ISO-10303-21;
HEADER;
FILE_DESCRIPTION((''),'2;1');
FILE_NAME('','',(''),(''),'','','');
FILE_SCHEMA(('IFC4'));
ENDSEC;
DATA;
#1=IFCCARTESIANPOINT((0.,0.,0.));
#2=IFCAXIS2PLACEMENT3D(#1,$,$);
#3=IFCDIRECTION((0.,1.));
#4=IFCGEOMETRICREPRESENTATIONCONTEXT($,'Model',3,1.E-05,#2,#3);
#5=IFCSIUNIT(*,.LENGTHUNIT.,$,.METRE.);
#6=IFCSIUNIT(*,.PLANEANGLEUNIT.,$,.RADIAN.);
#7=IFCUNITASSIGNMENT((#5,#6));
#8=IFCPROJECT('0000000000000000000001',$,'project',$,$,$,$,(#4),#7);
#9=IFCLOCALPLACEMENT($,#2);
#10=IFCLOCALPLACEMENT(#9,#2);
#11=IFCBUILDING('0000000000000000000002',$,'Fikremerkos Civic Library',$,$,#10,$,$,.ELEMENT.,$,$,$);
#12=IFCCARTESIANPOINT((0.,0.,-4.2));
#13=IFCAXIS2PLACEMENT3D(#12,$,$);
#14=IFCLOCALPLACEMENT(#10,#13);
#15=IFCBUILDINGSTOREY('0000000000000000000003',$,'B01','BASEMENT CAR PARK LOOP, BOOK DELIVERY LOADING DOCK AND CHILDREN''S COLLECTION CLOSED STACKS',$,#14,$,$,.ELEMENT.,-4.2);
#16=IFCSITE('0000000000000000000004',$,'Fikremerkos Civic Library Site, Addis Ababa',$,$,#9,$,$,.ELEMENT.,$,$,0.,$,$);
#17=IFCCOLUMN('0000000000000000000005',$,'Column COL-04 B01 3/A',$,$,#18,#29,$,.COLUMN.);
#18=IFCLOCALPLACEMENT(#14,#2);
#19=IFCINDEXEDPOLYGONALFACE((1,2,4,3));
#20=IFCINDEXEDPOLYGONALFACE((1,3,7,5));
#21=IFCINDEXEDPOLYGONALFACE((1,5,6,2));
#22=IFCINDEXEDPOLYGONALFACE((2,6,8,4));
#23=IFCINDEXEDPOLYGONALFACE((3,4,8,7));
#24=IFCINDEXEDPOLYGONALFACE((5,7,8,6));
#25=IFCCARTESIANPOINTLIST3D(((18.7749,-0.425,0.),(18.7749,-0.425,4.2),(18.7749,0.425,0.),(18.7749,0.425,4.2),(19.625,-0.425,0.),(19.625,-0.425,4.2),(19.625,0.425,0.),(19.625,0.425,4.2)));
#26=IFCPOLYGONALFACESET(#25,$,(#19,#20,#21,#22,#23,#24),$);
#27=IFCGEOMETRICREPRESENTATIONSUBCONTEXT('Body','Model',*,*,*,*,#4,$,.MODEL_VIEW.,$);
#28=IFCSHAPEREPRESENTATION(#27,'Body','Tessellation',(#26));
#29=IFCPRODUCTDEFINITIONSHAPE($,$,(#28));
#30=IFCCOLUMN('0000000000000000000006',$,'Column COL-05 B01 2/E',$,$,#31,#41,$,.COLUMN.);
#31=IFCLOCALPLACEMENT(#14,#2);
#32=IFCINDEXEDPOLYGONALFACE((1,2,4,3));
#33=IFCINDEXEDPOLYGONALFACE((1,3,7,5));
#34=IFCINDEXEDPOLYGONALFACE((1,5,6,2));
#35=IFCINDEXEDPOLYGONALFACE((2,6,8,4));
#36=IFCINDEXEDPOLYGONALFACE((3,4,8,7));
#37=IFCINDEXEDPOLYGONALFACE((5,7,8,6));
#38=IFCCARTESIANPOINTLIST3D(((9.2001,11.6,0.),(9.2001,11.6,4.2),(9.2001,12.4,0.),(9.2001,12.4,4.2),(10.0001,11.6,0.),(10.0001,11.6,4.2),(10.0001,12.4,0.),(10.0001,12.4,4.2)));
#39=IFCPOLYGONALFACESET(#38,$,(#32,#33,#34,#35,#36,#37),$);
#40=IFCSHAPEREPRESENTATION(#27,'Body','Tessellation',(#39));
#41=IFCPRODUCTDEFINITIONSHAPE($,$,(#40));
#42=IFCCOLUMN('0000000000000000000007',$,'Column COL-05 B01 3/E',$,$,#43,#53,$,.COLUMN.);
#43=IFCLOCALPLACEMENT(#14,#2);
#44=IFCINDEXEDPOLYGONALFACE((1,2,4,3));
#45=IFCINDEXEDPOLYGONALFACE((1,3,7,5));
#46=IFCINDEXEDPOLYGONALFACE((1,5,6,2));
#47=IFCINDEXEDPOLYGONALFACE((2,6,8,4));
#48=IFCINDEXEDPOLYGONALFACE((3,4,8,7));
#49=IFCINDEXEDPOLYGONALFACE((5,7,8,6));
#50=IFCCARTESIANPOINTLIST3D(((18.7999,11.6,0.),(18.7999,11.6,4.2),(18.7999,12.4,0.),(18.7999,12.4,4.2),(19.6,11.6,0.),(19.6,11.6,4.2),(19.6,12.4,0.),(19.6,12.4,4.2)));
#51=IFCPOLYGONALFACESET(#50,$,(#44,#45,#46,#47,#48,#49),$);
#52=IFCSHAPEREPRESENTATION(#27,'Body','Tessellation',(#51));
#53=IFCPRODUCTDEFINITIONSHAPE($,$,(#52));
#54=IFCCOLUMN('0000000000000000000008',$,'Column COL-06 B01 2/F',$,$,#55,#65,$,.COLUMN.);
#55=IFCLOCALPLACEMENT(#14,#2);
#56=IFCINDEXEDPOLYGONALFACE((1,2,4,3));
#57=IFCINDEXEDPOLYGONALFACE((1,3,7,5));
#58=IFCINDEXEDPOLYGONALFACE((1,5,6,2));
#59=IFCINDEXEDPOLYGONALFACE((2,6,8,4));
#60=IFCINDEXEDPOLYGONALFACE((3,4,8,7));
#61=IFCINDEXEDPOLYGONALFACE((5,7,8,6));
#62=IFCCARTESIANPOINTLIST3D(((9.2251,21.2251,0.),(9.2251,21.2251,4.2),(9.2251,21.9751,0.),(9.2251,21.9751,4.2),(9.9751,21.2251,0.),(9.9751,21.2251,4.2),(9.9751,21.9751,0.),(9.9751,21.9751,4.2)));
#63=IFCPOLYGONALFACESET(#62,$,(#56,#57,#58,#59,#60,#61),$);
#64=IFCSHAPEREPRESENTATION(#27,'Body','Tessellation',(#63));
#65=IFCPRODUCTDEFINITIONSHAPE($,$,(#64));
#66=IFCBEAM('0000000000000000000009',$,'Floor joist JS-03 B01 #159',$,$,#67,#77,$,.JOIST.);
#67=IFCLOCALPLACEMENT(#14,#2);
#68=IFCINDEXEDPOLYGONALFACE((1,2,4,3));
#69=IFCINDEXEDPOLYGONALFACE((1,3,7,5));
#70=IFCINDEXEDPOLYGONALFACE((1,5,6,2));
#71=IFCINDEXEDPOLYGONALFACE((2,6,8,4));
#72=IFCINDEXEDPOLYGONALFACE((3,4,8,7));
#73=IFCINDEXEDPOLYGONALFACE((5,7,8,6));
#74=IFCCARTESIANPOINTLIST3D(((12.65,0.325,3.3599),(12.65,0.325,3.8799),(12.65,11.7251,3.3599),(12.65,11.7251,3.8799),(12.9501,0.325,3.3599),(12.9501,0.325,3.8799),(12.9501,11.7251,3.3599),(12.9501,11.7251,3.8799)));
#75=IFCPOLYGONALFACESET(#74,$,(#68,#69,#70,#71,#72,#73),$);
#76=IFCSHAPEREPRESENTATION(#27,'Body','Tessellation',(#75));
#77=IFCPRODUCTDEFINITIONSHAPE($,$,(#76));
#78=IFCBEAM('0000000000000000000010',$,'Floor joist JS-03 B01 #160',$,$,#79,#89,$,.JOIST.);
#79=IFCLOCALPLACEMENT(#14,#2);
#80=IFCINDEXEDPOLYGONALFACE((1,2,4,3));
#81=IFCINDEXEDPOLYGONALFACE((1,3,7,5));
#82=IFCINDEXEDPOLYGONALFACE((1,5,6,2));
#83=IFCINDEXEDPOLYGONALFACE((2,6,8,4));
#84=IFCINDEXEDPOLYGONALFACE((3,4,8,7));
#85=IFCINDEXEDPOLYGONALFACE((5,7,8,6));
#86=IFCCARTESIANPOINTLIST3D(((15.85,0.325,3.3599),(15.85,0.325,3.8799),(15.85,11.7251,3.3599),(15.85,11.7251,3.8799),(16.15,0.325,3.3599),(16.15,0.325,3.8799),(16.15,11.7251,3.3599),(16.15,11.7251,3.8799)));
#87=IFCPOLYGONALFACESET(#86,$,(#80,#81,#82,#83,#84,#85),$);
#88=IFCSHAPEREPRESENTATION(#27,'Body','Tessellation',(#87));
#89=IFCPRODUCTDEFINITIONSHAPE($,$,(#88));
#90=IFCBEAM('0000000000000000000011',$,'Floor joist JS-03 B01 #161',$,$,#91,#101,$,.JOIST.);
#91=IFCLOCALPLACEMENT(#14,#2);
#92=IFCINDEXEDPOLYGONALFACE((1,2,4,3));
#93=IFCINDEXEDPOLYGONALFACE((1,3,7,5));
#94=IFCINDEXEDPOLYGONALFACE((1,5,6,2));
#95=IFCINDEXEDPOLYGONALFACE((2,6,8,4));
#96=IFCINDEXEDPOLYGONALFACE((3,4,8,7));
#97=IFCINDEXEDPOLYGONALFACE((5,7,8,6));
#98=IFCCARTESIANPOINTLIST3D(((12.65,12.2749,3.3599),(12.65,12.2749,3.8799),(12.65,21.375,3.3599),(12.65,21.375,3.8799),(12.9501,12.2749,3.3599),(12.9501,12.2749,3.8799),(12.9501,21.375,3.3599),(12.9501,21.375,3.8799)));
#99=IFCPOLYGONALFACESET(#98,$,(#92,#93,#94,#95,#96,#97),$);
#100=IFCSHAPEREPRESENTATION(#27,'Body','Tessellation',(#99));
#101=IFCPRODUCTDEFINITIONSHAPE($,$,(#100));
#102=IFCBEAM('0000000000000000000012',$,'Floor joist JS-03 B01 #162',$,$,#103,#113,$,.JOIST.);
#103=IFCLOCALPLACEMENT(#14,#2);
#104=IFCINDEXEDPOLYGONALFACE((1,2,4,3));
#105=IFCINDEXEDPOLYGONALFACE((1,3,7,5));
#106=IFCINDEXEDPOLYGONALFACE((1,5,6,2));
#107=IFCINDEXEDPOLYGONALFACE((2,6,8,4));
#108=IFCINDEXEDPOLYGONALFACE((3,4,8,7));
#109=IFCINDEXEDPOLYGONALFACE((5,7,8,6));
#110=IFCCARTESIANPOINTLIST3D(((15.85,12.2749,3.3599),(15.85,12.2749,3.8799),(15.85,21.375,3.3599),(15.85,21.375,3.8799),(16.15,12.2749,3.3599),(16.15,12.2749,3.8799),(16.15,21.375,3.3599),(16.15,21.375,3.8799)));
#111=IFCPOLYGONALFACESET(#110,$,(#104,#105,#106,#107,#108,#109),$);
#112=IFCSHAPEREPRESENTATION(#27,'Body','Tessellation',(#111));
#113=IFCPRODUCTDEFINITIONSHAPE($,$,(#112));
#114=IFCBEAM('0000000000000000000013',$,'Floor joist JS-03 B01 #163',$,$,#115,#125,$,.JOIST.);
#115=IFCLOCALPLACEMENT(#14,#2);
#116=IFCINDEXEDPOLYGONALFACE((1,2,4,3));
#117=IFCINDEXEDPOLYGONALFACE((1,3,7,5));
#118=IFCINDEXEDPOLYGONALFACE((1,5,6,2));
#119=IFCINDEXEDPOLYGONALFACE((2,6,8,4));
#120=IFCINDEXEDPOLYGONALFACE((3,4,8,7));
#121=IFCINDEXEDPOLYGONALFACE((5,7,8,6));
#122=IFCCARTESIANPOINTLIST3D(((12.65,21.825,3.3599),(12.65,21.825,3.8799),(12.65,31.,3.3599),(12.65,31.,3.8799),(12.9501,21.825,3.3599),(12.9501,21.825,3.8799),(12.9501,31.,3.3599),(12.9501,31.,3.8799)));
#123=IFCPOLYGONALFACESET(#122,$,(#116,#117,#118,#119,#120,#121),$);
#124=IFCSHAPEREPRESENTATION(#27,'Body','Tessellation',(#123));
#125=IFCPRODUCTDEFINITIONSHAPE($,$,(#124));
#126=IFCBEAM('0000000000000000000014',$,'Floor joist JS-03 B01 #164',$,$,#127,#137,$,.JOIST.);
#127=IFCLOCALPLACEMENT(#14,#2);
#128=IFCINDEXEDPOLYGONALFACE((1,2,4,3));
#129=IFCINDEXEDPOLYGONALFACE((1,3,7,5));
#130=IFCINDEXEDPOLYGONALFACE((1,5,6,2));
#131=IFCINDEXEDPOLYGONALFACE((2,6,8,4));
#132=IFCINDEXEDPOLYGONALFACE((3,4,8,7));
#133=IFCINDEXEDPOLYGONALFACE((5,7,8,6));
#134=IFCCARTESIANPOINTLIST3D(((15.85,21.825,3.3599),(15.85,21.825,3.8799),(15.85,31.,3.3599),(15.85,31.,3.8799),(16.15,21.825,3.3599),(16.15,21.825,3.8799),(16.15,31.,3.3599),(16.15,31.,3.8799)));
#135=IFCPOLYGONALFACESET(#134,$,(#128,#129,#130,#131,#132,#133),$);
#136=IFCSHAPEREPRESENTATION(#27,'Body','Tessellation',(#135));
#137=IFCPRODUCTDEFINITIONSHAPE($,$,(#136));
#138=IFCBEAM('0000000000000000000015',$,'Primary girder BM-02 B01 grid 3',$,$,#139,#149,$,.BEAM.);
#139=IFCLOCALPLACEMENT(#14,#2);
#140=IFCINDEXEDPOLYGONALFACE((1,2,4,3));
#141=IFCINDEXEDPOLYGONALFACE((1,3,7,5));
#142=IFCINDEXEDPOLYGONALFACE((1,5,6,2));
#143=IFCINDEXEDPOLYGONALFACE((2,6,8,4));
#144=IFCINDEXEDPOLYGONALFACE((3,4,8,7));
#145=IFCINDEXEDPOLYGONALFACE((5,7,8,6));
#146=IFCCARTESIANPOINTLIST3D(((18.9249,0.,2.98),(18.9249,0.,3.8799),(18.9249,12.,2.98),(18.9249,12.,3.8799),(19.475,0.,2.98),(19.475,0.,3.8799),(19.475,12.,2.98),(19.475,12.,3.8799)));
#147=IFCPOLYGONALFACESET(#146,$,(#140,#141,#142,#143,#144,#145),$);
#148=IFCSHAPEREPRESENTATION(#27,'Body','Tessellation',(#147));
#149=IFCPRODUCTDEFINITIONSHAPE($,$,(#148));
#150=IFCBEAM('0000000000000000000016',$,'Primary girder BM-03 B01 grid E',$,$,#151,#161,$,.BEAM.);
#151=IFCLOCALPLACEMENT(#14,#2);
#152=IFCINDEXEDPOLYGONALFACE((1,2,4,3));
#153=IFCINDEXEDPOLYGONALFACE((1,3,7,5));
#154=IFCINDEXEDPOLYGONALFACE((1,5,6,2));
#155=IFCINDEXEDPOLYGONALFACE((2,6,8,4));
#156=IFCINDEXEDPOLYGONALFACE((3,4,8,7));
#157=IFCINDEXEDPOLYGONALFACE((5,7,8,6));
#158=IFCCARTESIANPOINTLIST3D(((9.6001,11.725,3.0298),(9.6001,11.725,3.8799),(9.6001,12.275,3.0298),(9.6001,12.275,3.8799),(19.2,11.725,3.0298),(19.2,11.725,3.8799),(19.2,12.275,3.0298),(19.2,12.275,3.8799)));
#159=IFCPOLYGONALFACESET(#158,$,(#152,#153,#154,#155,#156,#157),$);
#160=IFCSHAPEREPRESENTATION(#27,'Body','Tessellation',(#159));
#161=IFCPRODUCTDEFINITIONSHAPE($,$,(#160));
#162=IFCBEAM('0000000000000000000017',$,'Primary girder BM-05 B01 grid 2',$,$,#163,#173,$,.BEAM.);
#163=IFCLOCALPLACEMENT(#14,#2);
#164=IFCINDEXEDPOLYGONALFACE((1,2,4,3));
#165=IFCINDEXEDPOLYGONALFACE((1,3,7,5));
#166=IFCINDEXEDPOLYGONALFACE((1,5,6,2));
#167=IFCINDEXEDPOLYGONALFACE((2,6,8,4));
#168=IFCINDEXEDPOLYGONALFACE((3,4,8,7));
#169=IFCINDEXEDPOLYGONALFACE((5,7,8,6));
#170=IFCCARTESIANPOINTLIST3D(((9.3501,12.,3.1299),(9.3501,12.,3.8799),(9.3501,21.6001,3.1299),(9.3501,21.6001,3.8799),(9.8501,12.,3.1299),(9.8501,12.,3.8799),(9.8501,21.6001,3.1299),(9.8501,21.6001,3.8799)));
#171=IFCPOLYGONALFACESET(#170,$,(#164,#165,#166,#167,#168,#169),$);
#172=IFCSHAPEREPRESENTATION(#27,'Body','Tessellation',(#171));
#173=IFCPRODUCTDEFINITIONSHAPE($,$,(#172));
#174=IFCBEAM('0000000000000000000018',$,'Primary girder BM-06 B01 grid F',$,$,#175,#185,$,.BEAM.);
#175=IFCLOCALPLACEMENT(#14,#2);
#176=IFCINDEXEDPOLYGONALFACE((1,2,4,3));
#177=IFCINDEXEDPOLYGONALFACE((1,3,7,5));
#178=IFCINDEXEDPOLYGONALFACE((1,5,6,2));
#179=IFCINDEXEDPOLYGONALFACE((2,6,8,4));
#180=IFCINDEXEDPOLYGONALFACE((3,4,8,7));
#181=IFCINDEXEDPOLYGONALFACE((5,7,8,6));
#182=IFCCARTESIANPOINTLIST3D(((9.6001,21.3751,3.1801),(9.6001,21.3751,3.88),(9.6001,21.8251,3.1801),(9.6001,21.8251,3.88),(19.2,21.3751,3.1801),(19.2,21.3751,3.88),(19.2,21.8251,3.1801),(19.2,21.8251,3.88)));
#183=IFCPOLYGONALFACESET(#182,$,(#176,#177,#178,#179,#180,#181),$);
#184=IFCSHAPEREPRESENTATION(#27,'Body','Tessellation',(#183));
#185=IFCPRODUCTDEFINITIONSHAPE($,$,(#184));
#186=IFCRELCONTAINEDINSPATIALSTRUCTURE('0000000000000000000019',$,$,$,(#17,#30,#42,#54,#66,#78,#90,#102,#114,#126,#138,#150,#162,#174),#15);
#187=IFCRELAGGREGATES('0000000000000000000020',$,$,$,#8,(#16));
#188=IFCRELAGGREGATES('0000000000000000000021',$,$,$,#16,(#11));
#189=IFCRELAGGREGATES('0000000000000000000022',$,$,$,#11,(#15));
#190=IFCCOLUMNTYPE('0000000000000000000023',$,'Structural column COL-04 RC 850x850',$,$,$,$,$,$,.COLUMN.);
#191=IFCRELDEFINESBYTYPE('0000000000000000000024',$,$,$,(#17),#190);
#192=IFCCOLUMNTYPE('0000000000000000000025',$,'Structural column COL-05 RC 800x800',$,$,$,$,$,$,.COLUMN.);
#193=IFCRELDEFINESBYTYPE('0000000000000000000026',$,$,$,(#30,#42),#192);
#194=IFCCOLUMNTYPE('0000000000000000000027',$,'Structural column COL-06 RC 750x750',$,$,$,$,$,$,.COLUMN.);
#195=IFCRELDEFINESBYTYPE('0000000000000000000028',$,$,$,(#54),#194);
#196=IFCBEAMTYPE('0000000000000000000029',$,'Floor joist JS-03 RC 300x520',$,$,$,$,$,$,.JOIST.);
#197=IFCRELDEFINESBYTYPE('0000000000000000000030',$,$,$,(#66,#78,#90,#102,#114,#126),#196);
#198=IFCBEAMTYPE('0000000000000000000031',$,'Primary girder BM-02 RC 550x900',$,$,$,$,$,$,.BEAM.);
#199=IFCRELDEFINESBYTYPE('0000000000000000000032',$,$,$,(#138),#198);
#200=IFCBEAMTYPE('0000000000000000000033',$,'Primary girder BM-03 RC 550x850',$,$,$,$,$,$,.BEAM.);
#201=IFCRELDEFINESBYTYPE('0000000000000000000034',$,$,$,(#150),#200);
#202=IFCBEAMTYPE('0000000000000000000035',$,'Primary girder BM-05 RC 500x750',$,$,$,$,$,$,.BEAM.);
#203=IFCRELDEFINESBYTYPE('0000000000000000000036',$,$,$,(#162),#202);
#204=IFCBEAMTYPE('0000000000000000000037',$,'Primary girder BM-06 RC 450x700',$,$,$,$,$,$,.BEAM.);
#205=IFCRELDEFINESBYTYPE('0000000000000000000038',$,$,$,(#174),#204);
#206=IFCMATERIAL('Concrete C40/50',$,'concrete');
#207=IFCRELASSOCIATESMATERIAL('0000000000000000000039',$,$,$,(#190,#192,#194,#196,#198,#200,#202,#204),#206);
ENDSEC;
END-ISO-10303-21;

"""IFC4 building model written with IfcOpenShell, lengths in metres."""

from ifc_helpers import new_model, si_unit, direction, frame, origin, origin_2d, place, context, subcontext, project, spatial, rectangle, extrude, material, material_profile, profile_set, type_object, element, save


model = new_model("IFC4")

# Units and contexts
model_context = context("Model", 3, precision=1e-05, world=origin(), true_north=direction((0.0, 1.0)))
body_context = subcontext(model_context, "Body", "Model", "MODEL_VIEW")
ifc_project = project(units=[si_unit("LENGTHUNIT", "METRE"), si_unit("PLANEANGLEUNIT", "RADIAN")], contexts=[model_context])

# Site, building, storey
site_placement = place(None, origin())
site = spatial("IfcSite", under=ifc_project, at=site_placement, Name="Fikremerkos Civic Library Site, Addis Ababa", CompositionType="ELEMENT", RefElevation=0.0)
building_placement = place(site_placement, origin())
building = spatial("IfcBuilding", under=site, at=building_placement, Name="Fikremerkos Civic Library", CompositionType="ELEMENT")
storey_placement = place(building_placement, frame((0.0, 0.0, -4.2)))
storey = spatial("IfcBuildingStorey", under=building, at=storey_placement, Name="B01", Description="BASEMENT CAR PARK LOOP, BOOK DELIVERY LOADING DOCK AND CHILDREN'S COLLECTION CLOSED STACKS", CompositionType="ELEMENT", Elevation=-4.2)

# Columns
ifc_material_1 = material(Name="Concrete C40/50", Category="concrete")
ifc_material_profile_1 = material_profile(ifc_material_1, rectangle(XDim=0.8501, YDim=0.8501, at=origin_2d()), Name="RC 850x850")
ifc_profile_set_1 = profile_set([ifc_material_profile_1], Name="Concrete C40/50")
column_type_1 = type_object("IfcColumnType", Name="Structural column COL-04 RC 850x850", PredefinedType="COLUMN", material=ifc_profile_set_1)
column_1_placement = place(storey_placement, frame((19.2, 0.0, 0.0), z_axis=(0.0, 0.0, 1.0), x_axis=(1.0, 0.0, 0.0)))
element("IfcColumn", 1, at=column_1_placement, inside=storey, type_object=column_type_1, Name="Column COL-04 B01 3/A", PredefinedType="COLUMN", context=body_context, shape_type="SweptSolid", body=[
    extrude(rectangle(XDim=0.8501, YDim=0.8501, at=origin_2d()), origin(), (0.0, 0.0, 1.0), 4.2),
])
ifc_material_profile_2 = material_profile(ifc_material_1, rectangle(XDim=0.8, YDim=0.8, at=origin_2d()), Name="RC 800x800")
ifc_profile_set_2 = profile_set([ifc_material_profile_2], Name="Concrete C40/50")
column_type_2 = type_object("IfcColumnType", Name="Structural column COL-05 RC 800x800", PredefinedType="COLUMN", material=ifc_profile_set_2)
for number, where, z_axis, x_axis, name in (
    (2, (9.6001, 12.0, 0.0), (0.0, 0.0, 1.0), (1.0, 0.0, 0.0), "Column COL-05 B01 2/E"),
    (3, (19.2, 12.0, 0.0), (0.0, 0.0, 1.0), (1.0, 0.0, 0.0), "Column COL-05 B01 3/E"),
):
    element("IfcColumn", number, at=place(storey_placement, frame(where, z_axis=z_axis, x_axis=x_axis)), inside=storey, type_object=column_type_2, Name=name, PredefinedType="COLUMN", context=body_context, shape_type="SweptSolid", body=[
        extrude(rectangle(XDim=0.8, YDim=0.8, at=origin_2d()), origin(), (0.0, 0.0, 1.0), 4.2),
    ])
ifc_material_profile_3 = material_profile(ifc_material_1, rectangle(XDim=0.75, YDim=0.75, at=origin_2d()), Name="RC 750x750")
ifc_profile_set_3 = profile_set([ifc_material_profile_3], Name="Concrete C40/50")
column_type_3 = type_object("IfcColumnType", Name="Structural column COL-06 RC 750x750", PredefinedType="COLUMN", material=ifc_profile_set_3)
column_2_placement = place(storey_placement, frame((9.6001, 21.6001, 0.0), z_axis=(0.0, 0.0, 1.0), x_axis=(1.0, 0.0, 0.0)))
element("IfcColumn", 4, at=column_2_placement, inside=storey, type_object=column_type_3, Name="Column COL-06 B01 2/F", PredefinedType="COLUMN", context=body_context, shape_type="SweptSolid", body=[
    extrude(rectangle(XDim=0.75, YDim=0.75, at=origin_2d()), origin(), (0.0, 0.0, 1.0), 4.2),
])

# Beams
ifc_material_profile_4 = material_profile(ifc_material_1, rectangle(XDim=0.3, YDim=0.52, at=origin_2d()), Name="RC 300x520")
ifc_profile_set_4 = profile_set([ifc_material_profile_4], Name="Concrete C40/50")
beam_type_1 = type_object("IfcBeamType", Name="Floor joist JS-03 RC 300x520", PredefinedType="JOIST", material=ifc_profile_set_4)
for number, where, z_axis, x_axis, name in (
    (5, (12.8, 0.325, 3.6199), (0.0, 1.0, 0.0), (-1.0, 0.0, 0.0), "Floor joist JS-03 B01 #159"),
    (6, (16.0, 0.325, 3.6199), (0.0, 1.0, 0.0), (-1.0, 0.0, 0.0), "Floor joist JS-03 B01 #160"),
):
    element("IfcBeam", number, at=place(storey_placement, frame(where, z_axis=z_axis, x_axis=x_axis)), inside=storey, type_object=beam_type_1, Name=name, PredefinedType="JOIST", context=body_context, shape_type="SweptSolid", body=[
        extrude(rectangle(XDim=0.3, YDim=0.52, at=origin_2d()), origin(), (0.0, 0.0, 1.0), 11.4001),
    ])
for number, where, z_axis, x_axis, name in (
    (7, (12.8, 12.2749, 3.6199), (0.0, 1.0, 0.0), (-1.0, 0.0, 0.0), "Floor joist JS-03 B01 #161"),
    (8, (16.0, 12.2749, 3.6199), (0.0, 1.0, 0.0), (-1.0, 0.0, 0.0), "Floor joist JS-03 B01 #162"),
):
    element("IfcBeam", number, at=place(storey_placement, frame(where, z_axis=z_axis, x_axis=x_axis)), inside=storey, type_object=beam_type_1, Name=name, PredefinedType="JOIST", context=body_context, shape_type="SweptSolid", body=[
        extrude(rectangle(XDim=0.3, YDim=0.52, at=origin_2d()), origin(), (0.0, 0.0, 1.0), 9.1001),
    ])
for number, where, z_axis, x_axis, name in (
    (9, (12.8, 21.825, 3.6199), (0.0, 1.0, 0.0), (-1.0, 0.0, 0.0), "Floor joist JS-03 B01 #163"),
    (10, (16.0, 21.825, 3.6199), (0.0, 1.0, 0.0), (-1.0, 0.0, 0.0), "Floor joist JS-03 B01 #164"),
):
    element("IfcBeam", number, at=place(storey_placement, frame(where, z_axis=z_axis, x_axis=x_axis)), inside=storey, type_object=beam_type_1, Name=name, PredefinedType="JOIST", context=body_context, shape_type="SweptSolid", body=[
        extrude(rectangle(XDim=0.3, YDim=0.52, at=origin_2d()), origin(), (0.0, 0.0, 1.0), 9.175),
    ])
ifc_material_profile_5 = material_profile(ifc_material_1, rectangle(XDim=0.55, YDim=0.8999, at=origin_2d()), Name="RC 550x900")
ifc_profile_set_5 = profile_set([ifc_material_profile_5], Name="Concrete C40/50")
beam_type_2 = type_object("IfcBeamType", Name="Primary girder BM-02 RC 550x900", PredefinedType="BEAM", material=ifc_profile_set_5)
beam_1_placement = place(storey_placement, frame((19.2, 0.0, 3.4299), z_axis=(0.0, 1.0, 0.0), x_axis=(-1.0, 0.0, 0.0)))
element("IfcBeam", 11, at=beam_1_placement, inside=storey, type_object=beam_type_2, Name="Primary girder BM-02 B01 grid 3", PredefinedType="BEAM", context=body_context, shape_type="SweptSolid", body=[
    extrude(rectangle(XDim=0.55, YDim=0.8999, at=origin_2d()), origin(), (0.0, 0.0, 1.0), 12.0),
])
ifc_material_profile_6 = material_profile(ifc_material_1, rectangle(XDim=0.55, YDim=0.8501, at=origin_2d()), Name="RC 550x850")
ifc_profile_set_6 = profile_set([ifc_material_profile_6], Name="Concrete C40/50")
beam_type_3 = type_object("IfcBeamType", Name="Primary girder BM-03 RC 550x850", PredefinedType="BEAM", material=ifc_profile_set_6)
beam_2_placement = place(storey_placement, frame((9.6001, 12.0, 3.4548), z_axis=(1.0, 0.0, 0.0), x_axis=(0.0, 1.0, 0.0)))
element("IfcBeam", 12, at=beam_2_placement, inside=storey, type_object=beam_type_3, Name="Primary girder BM-03 B01 grid E", PredefinedType="BEAM", context=body_context, shape_type="SweptSolid", body=[
    extrude(rectangle(XDim=0.55, YDim=0.8501, at=origin_2d()), origin(), (0.0, 0.0, 1.0), 9.5999),
])
ifc_material_profile_7 = material_profile(ifc_material_1, rectangle(XDim=0.5, YDim=0.75, at=origin_2d()), Name="RC 500x750")
ifc_profile_set_7 = profile_set([ifc_material_profile_7], Name="Concrete C40/50")
beam_type_4 = type_object("IfcBeamType", Name="Primary girder BM-05 RC 500x750", PredefinedType="BEAM", material=ifc_profile_set_7)
beam_3_placement = place(storey_placement, frame((9.6001, 12.0, 3.5049), z_axis=(0.0, 1.0, 0.0), x_axis=(-1.0, 0.0, 0.0)))
element("IfcBeam", 13, at=beam_3_placement, inside=storey, type_object=beam_type_4, Name="Primary girder BM-05 B01 grid 2", PredefinedType="BEAM", context=body_context, shape_type="SweptSolid", body=[
    extrude(rectangle(XDim=0.5, YDim=0.75, at=origin_2d()), origin(), (0.0, 0.0, 1.0), 9.6001),
])
ifc_material_profile_8 = material_profile(ifc_material_1, rectangle(XDim=0.45, YDim=0.7, at=origin_2d()), Name="RC 450x700")
ifc_profile_set_8 = profile_set([ifc_material_profile_8], Name="Concrete C40/50")
beam_type_5 = type_object("IfcBeamType", Name="Primary girder BM-06 RC 450x700", PredefinedType="BEAM", material=ifc_profile_set_8)
for number, where, z_axis, x_axis, name in (
    (14, (9.6001, 21.6001, 3.53), (1.0, 0.0, 0.0), (0.0, 1.0, 0.0), "Primary girder BM-06 B01 grid F"),
):
    element("IfcBeam", number, at=place(storey_placement, frame(where, z_axis=z_axis, x_axis=x_axis)), inside=storey, type_object=beam_type_5, Name=name, PredefinedType="BEAM", context=body_context, shape_type="SweptSolid", body=[
        extrude(rectangle(XDim=0.45, YDim=0.7, at=origin_2d()), origin(), (0.0, 0.0, 1.0), 9.5999),
    ])

save(model, "model.ifc")
